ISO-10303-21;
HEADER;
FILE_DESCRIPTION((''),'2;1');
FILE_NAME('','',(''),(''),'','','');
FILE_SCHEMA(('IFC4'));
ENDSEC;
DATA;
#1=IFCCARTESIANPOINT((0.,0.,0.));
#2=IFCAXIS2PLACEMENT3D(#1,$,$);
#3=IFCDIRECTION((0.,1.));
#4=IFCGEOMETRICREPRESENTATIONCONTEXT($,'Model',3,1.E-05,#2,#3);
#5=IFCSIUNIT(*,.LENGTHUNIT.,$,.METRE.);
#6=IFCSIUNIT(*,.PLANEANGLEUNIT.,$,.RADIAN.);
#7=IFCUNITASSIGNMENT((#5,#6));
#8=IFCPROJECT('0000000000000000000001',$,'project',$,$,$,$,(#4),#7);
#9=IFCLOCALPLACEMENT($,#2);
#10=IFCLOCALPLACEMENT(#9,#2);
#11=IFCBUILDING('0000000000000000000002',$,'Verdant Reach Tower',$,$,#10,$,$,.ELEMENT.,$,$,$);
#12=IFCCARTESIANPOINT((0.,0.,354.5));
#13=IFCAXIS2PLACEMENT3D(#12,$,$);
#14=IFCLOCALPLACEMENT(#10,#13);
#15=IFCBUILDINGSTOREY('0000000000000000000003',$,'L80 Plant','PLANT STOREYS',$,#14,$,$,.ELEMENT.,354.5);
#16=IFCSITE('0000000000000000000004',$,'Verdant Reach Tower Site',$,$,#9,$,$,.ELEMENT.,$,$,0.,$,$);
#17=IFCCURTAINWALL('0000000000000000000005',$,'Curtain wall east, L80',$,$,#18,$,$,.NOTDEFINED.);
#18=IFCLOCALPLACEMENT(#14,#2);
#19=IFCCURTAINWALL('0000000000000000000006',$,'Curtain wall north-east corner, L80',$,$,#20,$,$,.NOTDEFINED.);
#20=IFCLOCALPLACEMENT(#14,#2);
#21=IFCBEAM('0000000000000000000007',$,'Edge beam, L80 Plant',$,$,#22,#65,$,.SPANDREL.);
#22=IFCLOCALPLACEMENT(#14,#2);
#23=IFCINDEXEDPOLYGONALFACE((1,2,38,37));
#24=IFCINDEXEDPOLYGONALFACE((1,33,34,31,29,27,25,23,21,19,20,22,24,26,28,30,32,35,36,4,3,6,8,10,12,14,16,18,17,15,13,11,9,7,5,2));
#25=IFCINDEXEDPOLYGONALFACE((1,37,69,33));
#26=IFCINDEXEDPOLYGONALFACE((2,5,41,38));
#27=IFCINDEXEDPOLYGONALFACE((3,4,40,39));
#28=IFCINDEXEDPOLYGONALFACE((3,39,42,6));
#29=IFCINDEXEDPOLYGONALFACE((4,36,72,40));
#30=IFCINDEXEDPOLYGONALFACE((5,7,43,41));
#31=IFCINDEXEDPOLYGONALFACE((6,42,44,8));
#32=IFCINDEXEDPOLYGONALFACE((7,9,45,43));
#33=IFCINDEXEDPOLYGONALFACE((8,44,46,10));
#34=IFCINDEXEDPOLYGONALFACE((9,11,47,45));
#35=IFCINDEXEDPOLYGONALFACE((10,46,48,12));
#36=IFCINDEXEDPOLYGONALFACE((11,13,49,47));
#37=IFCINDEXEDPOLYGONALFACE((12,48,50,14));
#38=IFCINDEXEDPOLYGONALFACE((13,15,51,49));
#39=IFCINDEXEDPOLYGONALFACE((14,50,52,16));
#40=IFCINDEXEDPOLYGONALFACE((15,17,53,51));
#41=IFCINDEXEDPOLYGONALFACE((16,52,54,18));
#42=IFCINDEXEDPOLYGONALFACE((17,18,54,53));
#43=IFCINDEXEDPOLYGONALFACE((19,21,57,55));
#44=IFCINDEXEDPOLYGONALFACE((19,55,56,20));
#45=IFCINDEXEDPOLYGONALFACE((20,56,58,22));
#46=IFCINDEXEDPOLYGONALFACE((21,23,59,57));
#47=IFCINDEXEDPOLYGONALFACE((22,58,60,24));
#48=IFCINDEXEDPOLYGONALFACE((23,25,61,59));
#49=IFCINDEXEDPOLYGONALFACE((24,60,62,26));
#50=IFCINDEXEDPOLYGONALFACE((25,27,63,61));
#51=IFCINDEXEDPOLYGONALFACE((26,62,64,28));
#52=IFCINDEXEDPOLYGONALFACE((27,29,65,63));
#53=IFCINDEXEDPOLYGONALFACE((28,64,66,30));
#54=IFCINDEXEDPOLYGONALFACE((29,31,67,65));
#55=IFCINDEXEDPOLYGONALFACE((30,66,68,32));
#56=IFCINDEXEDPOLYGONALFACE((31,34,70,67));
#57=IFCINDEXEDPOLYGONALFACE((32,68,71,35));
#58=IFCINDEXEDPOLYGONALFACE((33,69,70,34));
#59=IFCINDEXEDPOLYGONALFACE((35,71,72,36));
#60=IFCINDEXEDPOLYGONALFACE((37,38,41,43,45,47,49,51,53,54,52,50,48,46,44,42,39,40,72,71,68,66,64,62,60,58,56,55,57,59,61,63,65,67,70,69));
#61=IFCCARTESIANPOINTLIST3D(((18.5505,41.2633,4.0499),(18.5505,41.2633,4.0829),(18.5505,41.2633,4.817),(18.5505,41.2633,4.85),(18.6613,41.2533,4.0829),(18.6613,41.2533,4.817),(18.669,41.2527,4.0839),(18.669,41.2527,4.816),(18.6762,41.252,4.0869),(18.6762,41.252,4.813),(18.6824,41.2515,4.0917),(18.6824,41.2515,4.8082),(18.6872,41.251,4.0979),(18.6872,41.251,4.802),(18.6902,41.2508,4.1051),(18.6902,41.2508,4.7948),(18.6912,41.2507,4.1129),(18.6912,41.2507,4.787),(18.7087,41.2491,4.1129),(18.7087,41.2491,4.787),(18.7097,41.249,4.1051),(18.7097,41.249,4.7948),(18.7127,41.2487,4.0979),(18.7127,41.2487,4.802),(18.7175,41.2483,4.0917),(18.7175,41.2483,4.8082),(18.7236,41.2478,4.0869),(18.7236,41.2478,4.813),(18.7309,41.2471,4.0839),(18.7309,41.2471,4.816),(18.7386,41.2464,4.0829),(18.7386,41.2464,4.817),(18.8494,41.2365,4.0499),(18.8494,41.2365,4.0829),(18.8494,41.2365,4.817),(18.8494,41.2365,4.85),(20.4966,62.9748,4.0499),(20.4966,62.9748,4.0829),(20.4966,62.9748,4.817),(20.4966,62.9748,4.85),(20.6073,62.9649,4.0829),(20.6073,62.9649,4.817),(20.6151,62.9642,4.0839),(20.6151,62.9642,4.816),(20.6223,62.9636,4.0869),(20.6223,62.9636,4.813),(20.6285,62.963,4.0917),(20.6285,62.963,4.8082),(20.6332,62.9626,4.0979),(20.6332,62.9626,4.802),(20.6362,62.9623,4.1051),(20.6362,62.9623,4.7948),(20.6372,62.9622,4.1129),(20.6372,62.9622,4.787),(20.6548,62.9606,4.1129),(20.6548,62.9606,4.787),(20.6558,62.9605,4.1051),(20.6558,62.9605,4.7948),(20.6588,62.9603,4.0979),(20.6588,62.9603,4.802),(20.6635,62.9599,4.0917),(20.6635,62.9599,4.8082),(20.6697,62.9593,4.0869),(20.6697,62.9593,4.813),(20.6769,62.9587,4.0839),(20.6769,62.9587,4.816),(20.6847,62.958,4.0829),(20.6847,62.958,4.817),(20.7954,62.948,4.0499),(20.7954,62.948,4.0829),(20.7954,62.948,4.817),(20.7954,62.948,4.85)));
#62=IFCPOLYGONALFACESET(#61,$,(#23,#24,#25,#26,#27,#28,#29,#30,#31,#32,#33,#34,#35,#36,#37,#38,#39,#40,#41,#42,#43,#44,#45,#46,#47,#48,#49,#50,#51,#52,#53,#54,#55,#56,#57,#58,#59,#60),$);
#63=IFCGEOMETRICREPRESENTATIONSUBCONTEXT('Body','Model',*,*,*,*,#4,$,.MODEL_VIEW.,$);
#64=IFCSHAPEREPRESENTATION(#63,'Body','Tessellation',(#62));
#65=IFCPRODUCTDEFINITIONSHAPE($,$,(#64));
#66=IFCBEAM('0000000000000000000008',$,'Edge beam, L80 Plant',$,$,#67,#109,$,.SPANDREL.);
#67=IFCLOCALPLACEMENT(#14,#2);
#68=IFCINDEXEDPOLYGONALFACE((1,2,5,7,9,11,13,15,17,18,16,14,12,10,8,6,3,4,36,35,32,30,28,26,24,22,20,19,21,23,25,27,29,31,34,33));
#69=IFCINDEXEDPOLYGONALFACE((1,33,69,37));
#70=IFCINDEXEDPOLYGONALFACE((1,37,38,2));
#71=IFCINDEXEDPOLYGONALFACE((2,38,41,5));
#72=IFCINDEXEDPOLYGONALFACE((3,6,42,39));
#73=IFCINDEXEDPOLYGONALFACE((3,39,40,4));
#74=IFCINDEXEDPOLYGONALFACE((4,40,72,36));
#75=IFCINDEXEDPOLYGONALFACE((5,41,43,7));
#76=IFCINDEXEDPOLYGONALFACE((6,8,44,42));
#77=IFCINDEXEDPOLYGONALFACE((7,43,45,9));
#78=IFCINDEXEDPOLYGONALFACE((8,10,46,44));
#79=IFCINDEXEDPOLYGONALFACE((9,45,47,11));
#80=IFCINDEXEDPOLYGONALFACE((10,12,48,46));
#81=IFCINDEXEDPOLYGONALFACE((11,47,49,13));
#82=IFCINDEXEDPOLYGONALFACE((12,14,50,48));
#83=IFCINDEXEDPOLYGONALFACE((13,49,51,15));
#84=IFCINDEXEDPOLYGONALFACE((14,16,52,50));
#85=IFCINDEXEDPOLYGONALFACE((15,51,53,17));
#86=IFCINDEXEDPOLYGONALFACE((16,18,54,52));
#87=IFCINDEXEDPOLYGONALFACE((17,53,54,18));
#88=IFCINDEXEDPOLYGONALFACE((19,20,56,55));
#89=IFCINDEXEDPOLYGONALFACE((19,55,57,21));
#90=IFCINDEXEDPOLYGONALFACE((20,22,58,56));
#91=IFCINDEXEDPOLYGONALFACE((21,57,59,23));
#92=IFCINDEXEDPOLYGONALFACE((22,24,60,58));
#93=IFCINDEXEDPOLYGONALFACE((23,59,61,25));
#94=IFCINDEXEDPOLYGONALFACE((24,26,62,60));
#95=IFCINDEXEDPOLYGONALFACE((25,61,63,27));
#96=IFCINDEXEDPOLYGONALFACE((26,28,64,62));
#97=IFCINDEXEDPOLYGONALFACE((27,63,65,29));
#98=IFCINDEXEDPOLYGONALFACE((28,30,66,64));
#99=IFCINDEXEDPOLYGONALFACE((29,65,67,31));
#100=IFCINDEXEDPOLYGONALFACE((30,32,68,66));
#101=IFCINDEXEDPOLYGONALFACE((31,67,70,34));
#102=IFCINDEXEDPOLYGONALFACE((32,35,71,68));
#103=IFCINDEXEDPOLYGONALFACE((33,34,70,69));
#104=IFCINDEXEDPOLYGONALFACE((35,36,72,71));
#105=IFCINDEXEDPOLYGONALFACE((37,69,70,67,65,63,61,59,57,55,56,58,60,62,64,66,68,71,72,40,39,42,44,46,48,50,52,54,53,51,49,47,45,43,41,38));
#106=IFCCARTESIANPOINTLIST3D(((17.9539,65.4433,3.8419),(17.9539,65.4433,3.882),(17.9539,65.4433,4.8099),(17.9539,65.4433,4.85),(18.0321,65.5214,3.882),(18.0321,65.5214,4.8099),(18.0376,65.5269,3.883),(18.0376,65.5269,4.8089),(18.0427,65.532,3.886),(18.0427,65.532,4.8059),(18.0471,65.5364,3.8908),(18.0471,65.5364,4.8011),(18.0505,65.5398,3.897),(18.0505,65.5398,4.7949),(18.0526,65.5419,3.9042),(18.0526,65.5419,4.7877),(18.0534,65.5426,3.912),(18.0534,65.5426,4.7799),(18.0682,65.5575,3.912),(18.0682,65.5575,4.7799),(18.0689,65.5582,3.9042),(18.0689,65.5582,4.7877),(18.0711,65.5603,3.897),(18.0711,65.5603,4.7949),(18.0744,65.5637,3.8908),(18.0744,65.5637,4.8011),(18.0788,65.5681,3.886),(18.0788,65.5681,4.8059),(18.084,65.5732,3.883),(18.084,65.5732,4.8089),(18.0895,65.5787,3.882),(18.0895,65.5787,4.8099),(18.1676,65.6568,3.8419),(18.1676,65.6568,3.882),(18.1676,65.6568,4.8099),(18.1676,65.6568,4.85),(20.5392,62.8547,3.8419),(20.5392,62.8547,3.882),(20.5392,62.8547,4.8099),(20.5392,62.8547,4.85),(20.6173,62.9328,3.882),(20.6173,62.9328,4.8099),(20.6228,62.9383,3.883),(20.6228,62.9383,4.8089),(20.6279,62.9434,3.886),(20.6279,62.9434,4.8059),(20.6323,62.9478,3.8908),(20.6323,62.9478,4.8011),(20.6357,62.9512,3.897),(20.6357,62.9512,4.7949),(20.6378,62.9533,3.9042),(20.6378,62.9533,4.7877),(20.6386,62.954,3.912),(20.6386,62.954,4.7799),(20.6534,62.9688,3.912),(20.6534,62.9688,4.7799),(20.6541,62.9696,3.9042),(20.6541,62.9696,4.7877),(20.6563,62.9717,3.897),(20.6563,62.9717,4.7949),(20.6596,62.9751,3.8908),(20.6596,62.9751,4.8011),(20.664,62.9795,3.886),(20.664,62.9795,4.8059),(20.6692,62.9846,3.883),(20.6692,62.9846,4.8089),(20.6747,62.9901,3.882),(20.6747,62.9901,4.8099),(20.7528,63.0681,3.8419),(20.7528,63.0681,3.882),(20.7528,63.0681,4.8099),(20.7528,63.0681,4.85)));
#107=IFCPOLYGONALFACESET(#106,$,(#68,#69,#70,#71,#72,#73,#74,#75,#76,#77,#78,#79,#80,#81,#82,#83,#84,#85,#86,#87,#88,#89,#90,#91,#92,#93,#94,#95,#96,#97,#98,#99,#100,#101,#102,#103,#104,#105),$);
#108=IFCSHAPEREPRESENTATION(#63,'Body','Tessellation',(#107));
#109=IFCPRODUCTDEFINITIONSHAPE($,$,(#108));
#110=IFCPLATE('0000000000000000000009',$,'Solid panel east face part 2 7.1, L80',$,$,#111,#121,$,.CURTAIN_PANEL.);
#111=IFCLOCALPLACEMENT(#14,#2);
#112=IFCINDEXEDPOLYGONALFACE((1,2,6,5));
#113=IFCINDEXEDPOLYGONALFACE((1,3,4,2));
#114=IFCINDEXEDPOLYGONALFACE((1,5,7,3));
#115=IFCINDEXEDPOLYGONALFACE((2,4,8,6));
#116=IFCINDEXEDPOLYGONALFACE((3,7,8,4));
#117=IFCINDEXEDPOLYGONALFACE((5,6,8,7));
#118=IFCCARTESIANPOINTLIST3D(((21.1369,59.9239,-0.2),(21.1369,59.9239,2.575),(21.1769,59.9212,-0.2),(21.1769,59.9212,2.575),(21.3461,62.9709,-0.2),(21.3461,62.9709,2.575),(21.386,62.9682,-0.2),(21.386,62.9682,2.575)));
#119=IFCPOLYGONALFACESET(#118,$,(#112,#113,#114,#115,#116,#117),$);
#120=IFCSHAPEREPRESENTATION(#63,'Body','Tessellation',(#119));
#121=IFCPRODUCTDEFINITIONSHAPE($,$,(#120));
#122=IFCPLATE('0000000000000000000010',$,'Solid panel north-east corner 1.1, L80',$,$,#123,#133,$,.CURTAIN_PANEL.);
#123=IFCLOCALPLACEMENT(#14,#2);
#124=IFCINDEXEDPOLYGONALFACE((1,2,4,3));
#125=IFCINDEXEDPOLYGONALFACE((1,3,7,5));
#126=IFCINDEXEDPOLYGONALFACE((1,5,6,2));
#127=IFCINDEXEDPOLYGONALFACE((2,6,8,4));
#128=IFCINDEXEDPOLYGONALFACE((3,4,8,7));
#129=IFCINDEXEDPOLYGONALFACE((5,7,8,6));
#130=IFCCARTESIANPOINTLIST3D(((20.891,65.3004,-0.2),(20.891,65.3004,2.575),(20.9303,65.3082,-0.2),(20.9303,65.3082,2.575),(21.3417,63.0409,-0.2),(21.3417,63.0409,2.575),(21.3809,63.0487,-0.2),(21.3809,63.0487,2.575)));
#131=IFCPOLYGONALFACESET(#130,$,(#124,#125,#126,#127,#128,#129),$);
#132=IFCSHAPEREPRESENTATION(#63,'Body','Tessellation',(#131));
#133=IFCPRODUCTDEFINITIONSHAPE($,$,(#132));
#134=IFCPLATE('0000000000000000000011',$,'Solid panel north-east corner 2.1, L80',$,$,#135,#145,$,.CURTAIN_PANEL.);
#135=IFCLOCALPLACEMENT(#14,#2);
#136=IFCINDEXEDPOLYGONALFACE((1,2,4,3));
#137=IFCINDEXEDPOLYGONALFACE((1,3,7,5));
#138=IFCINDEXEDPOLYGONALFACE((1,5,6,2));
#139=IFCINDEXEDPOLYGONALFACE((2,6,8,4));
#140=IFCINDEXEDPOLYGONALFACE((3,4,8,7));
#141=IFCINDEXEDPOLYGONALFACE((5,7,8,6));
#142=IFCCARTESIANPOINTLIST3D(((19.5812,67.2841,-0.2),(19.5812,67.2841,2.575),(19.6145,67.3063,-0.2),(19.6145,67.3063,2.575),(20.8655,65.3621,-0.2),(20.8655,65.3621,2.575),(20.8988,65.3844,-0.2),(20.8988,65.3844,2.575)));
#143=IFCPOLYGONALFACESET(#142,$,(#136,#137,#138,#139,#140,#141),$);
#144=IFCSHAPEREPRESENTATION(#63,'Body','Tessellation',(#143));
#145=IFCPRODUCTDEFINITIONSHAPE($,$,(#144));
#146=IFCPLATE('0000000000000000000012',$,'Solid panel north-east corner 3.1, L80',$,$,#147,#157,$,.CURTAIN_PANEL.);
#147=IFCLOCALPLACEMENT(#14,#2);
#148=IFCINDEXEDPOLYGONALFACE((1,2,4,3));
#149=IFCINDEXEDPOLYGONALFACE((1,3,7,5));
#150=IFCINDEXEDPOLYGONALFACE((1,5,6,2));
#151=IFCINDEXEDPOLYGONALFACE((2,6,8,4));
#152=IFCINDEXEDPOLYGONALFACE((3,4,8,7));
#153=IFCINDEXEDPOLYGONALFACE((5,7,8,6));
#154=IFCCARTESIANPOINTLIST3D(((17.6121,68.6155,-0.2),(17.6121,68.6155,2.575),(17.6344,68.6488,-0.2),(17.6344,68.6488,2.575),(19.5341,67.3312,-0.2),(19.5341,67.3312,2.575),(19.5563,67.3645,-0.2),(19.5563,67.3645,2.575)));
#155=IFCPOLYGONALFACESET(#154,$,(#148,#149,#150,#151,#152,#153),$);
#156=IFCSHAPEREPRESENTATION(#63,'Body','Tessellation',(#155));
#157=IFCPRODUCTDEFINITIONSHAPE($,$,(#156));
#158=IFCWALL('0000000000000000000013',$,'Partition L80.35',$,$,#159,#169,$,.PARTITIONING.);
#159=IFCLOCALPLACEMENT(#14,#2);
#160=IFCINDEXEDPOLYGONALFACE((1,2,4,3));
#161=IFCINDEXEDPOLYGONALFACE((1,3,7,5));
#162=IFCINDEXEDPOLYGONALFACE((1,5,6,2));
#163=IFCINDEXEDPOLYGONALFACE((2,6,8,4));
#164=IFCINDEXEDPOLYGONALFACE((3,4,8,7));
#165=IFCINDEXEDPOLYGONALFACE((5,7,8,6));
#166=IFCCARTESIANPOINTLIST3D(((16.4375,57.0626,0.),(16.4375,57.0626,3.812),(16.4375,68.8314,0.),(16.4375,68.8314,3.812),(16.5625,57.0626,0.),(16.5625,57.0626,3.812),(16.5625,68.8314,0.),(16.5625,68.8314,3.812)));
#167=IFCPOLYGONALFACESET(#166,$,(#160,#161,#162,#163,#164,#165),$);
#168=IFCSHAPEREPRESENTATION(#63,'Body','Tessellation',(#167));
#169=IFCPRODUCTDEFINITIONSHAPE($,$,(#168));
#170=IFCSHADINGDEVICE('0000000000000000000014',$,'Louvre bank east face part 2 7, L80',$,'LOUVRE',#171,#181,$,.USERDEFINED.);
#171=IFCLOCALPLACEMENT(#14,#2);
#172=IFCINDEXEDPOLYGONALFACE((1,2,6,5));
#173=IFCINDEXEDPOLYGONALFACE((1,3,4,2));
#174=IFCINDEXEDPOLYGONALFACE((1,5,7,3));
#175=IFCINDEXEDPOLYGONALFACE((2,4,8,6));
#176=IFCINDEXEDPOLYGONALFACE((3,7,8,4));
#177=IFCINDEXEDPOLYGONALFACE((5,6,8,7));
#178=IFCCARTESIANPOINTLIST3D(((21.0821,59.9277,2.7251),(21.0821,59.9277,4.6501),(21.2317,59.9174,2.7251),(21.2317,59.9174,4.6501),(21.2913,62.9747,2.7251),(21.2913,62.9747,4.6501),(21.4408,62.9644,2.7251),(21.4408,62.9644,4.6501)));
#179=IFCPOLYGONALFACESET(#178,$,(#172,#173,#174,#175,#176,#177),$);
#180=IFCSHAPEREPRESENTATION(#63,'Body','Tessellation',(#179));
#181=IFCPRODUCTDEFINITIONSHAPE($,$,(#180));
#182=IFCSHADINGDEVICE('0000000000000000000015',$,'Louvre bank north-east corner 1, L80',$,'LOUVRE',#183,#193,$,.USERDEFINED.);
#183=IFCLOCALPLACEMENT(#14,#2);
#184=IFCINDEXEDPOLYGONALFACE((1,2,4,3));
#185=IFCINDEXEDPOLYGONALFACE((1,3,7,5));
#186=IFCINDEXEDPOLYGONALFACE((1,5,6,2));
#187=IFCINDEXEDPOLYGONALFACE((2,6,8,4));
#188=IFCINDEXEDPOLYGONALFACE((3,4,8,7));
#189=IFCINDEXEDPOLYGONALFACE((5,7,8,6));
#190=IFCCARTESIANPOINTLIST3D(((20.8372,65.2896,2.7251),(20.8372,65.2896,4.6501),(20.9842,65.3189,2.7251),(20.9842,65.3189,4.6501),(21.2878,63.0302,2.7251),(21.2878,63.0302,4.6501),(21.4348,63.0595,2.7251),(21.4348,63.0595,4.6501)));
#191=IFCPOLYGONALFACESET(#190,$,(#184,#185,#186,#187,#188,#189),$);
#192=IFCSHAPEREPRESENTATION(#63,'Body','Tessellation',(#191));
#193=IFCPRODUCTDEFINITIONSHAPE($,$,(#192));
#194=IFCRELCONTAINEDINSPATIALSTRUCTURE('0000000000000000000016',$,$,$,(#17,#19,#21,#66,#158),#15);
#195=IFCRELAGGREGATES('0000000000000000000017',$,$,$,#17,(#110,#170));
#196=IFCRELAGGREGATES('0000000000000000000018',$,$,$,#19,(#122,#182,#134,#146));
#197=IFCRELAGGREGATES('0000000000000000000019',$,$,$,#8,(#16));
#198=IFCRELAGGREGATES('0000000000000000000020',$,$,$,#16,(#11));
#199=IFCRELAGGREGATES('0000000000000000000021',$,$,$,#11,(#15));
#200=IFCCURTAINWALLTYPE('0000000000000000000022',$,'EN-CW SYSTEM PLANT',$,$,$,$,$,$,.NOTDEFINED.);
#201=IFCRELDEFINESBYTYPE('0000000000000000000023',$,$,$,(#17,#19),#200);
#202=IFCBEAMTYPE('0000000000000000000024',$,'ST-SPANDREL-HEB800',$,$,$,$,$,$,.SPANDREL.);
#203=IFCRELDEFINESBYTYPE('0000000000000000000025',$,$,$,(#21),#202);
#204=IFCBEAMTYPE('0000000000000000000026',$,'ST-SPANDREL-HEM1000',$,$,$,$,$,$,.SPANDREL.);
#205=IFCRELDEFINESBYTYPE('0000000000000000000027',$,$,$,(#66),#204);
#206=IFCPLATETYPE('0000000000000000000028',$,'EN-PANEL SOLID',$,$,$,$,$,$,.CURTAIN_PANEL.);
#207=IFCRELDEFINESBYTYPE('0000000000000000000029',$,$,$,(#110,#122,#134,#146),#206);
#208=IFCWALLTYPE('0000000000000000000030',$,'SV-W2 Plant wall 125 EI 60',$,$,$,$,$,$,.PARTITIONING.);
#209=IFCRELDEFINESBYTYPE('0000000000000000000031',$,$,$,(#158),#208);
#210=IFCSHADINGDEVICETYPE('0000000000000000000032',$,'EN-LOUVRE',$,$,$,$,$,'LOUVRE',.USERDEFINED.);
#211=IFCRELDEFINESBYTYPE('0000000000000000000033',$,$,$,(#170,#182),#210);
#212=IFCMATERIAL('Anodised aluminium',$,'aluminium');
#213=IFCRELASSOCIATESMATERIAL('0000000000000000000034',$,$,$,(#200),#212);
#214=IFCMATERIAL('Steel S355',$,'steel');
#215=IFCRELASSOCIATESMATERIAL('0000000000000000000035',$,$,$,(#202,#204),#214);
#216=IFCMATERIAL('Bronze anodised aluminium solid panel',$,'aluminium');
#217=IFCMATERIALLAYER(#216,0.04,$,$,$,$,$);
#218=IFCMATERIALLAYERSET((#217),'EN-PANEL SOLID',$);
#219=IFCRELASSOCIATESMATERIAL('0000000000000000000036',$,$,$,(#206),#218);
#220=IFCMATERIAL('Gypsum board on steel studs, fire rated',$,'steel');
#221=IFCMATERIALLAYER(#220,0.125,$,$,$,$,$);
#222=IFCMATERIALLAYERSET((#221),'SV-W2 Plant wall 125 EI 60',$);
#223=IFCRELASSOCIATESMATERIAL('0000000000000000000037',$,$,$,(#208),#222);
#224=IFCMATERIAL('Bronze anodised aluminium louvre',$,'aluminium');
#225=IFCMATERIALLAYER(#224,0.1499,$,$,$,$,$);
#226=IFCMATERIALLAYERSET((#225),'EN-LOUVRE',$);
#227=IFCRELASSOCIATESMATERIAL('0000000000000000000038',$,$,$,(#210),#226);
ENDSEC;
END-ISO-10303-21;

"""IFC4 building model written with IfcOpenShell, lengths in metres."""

from ifc_helpers import new_model, si_unit, direction, frame, frame_2d, origin, origin_2d, place, context, subcontext, project, spatial, rectangle, i_section, extrude, material, layer, layer_set, material_profile, profile_set, type_object, element, aggregate, save


model = new_model("IFC4")

# Units and contexts
model_context = context("Model", 3, precision=1e-05, world=origin(), true_north=direction((0.0, 1.0)))
body_context = subcontext(model_context, "Body", "Model", "MODEL_VIEW")
ifc_project = project(units=[si_unit("LENGTHUNIT", "METRE"), si_unit("PLANEANGLEUNIT", "RADIAN")], contexts=[model_context])

# Site, building, storey
site_placement = place(None, origin())
site = spatial("IfcSite", under=ifc_project, at=site_placement, Name="Verdant Reach Tower Site", CompositionType="ELEMENT", RefElevation=0.0)
building_placement = place(site_placement, origin())
building = spatial("IfcBuilding", under=site, at=building_placement, Name="Verdant Reach Tower", CompositionType="ELEMENT")
storey_placement = place(building_placement, frame((0.0, 0.0, 354.5)))
storey = spatial("IfcBuildingStorey", under=building, at=storey_placement, Name="L80 Plant", Description="PLANT STOREYS", CompositionType="ELEMENT", Elevation=354.5)

# Curtain wall
ifc_material_1 = material(Name="Anodised aluminium", Category="aluminium")
curtain_wall_type = type_object("IfcCurtainWallType", Name="EN-CW SYSTEM PLANT", PredefinedType="NOTDEFINED", material=ifc_material_1)
curtain_wall_1_placement = place(storey_placement, origin())
curtain_wall_1 = element("IfcCurtainWall", 1, at=curtain_wall_1_placement, inside=storey, type_object=curtain_wall_type, Name="Curtain wall east, L80", PredefinedType="NOTDEFINED")

# Curtain wall
curtain_wall_2_placement = place(storey_placement, origin())
curtain_wall_2 = element("IfcCurtainWall", 2, at=curtain_wall_2_placement, inside=storey, type_object=curtain_wall_type, Name="Curtain wall north-east corner, L80", PredefinedType="NOTDEFINED")

# Beams
ifc_material_2 = material(Name="Steel S355", Category="steel")
ifc_material_profile_1 = material_profile(ifc_material_2, i_section(OverallWidth=0.3, OverallDepth=0.8, WebThickness=0.0176, FlangeThickness=0.033, FilletRadius=0.03, at=origin_2d()), Name="HEB 800")
ifc_profile_set_1 = profile_set([ifc_material_profile_1], Name="Steel S355")
beam_type_1 = type_object("IfcBeamType", Name="ST-SPANDREL-HEB800", PredefinedType="SPANDREL", material=ifc_profile_set_1)
beam_1_placement = place(storey_placement, frame((20.646, 62.9614, 4.45), z_axis=(-0.089274, -0.996007, 0.0), x_axis=(0.996007, -0.089274, 0.0)))
element("IfcBeam", 3, at=beam_1_placement, inside=storey, type_object=beam_type_1, Name="Edge beam, L80 Plant", PredefinedType="SPANDREL", context=body_context, shape_type="SweptSolid", body=[
    extrude(i_section(OverallWidth=0.3, OverallDepth=0.8, WebThickness=0.0176, FlangeThickness=0.033, FilletRadius=0.03, at=origin_2d()), origin(), (0.0, 0.0, 1.0), 21.7986),
])
ifc_material_profile_2 = material_profile(ifc_material_2, i_section(OverallWidth=0.302, OverallDepth=1.0081, WebThickness=0.021, FlangeThickness=0.04, FilletRadius=0.03, at=origin_2d()), Name="HEM 1000")
ifc_profile_set_2 = profile_set([ifc_material_profile_2], Name="Steel S355")
beam_type_2 = type_object("IfcBeamType", Name="ST-SPANDREL-HEM1000", PredefinedType="SPANDREL", material=ifc_profile_set_2)
beam_2_placement = place(storey_placement, frame((18.0608, 65.55, 4.3459), z_axis=(0.706639, -0.707574, 0.0), x_axis=(0.707574, 0.706639, 0.0)))
element("IfcBeam", 4, at=beam_2_placement, inside=storey, type_object=beam_type_2, Name="Edge beam, L80 Plant", PredefinedType="SPANDREL", context=body_context, shape_type="SweptSolid", body=[
    extrude(i_section(OverallWidth=0.302, OverallDepth=1.0081, WebThickness=0.021, FlangeThickness=0.04, FilletRadius=0.03, at=origin_2d()), origin(), (0.0, 0.0, 1.0), 3.6584),
])

# Plates
ifc_material_3 = material(Name="Bronze anodised aluminium solid panel", Category="aluminium")
ifc_layer_1 = layer(ifc_material_3, 0.04)
ifc_layer_set_1 = layer_set([ifc_layer_1], Name="EN-PANEL SOLID")
plate_type = type_object("IfcPlateType", Name="EN-PANEL SOLID", PredefinedType="CURTAIN_PANEL", material=ifc_layer_set_1)
plate_1_placement = place(storey_placement, frame((21.2615, 61.446, -0.2), z_axis=(0.0, 0.0, 1.0), x_axis=(0.068469, 0.997653, 0.0)))
plate_1 = element("IfcPlate", 5, at=plate_1_placement, type_object=plate_type, Name="Solid panel east face part 2 7.1, L80", PredefinedType="CURTAIN_PANEL", context=body_context, shape_type="SweptSolid", body=[
    extrude(rectangle(XDim=3.0542, YDim=0.04, at=origin_2d()), origin(), (0.0, 0.0, 1.0), 2.7749),
])
plate_2_placement = place(storey_placement, frame((21.136, 64.1746, -0.2), z_axis=(0.0, 0.0, 1.0), x_axis=(-0.195593, 0.980685, 0.0)))
plate_2 = element("IfcPlate", 6, at=plate_2_placement, type_object=plate_type, Name="Solid panel north-east corner 1.1, L80", PredefinedType="CURTAIN_PANEL", context=body_context, shape_type="SweptSolid", body=[
    extrude(rectangle(XDim=2.304, YDim=0.04, at=origin_2d()), origin(), (0.0, 0.0, 1.0), 2.7749),
])
plate_3_placement = place(storey_placement, frame((20.24, 66.3342, -0.2), z_axis=(0.0, 0.0, 1.0), x_axis=(-0.555596, 0.831452, 0.0)))
plate_3 = element("IfcPlate", 7, at=plate_3_placement, type_object=plate_type, Name="Solid panel north-east corner 2.1, L80", PredefinedType="CURTAIN_PANEL", context=body_context, shape_type="SweptSolid", body=[
    extrude(rectangle(XDim=2.3115, YDim=0.04, at=origin_2d()), origin(), (0.0, 0.0, 1.0), 2.7749),
])
plate_4_placement = place(storey_placement, frame((18.5842, 67.99, -0.2), z_axis=(0.0, 0.0, 1.0), x_axis=(-0.831452, 0.555596, 0.0)))
plate_4 = element("IfcPlate", 8, at=plate_4_placement, type_object=plate_type, Name="Solid panel north-east corner 3.1, L80", PredefinedType="CURTAIN_PANEL", context=body_context, shape_type="SweptSolid", body=[
    extrude(rectangle(XDim=2.3115, YDim=0.04, at=origin_2d()), origin(), (0.0, 0.0, 1.0), 2.7749),
])

# Wall
ifc_material_4 = material(Name="Gypsum board on steel studs, fire rated", Category="steel")
ifc_layer_2 = layer(ifc_material_4, 0.125)
ifc_layer_set_2 = layer_set([ifc_layer_2], Name="SV-W2 Plant wall 125 EI 60")
wall_type = type_object("IfcWallType", Name="SV-W2 Plant wall 125 EI 60", PredefinedType="PARTITIONING", material=ifc_layer_set_2)
wall_placement = place(storey_placement, frame((16.5, 68.8313, 0.0), z_axis=(0.0, 0.0, 1.0), x_axis=(0.0, -1.0, 0.0)))
element("IfcWall", 9, at=wall_placement, inside=storey, type_object=wall_type, Name="Partition L80.35", PredefinedType="PARTITIONING", context=body_context, shape_type="SweptSolid", body=[
    extrude(rectangle(XDim=11.7688, YDim=0.125, at=frame_2d((5.8843, 0.0))), origin(), (0.0, 0.0, 1.0), 3.812),
])

# Shading devices
ifc_material_5 = material(Name="Bronze anodised aluminium louvre", Category="aluminium")
ifc_layer_3 = layer(ifc_material_5, 0.1499)
ifc_layer_set_3 = layer_set([ifc_layer_3], Name="EN-LOUVRE")
shading_device_type = type_object("IfcShadingDeviceType", Name="EN-LOUVRE", ElementType="LOUVRE", PredefinedType="USERDEFINED", material=ifc_layer_set_3)
shading_device_1_placement = place(storey_placement, frame((21.2615, 61.446, 2.7251), z_axis=(0.0, 0.0, 1.0), x_axis=(0.068469, 0.997653, 0.0)))
shading_device_1 = element("IfcShadingDevice", 10, at=shading_device_1_placement, type_object=shading_device_type, Name="Louvre bank east face part 2 7, L80", ObjectType="LOUVRE", PredefinedType="USERDEFINED", context=body_context, shape_type="SweptSolid", body=[
    extrude(rectangle(XDim=3.0542, YDim=0.1499, at=origin_2d()), origin(), (0.0, 0.0, 1.0), 1.925),
])
aggregate(curtain_wall_1, [plate_1, shading_device_1])
shading_device_2_placement = place(storey_placement, frame((21.136, 64.1746, 2.7251), z_axis=(0.0, 0.0, 1.0), x_axis=(-0.195593, 0.980685, 0.0)))
shading_device_2 = element("IfcShadingDevice", 11, at=shading_device_2_placement, type_object=shading_device_type, Name="Louvre bank north-east corner 1, L80", ObjectType="LOUVRE", PredefinedType="USERDEFINED", context=body_context, shape_type="SweptSolid", body=[
    extrude(rectangle(XDim=2.304, YDim=0.1499, at=origin_2d()), origin(), (0.0, 0.0, 1.0), 1.925),
])
aggregate(curtain_wall_2, [plate_2, shading_device_2, plate_3, plate_4])

save(model, "model.ifc")
